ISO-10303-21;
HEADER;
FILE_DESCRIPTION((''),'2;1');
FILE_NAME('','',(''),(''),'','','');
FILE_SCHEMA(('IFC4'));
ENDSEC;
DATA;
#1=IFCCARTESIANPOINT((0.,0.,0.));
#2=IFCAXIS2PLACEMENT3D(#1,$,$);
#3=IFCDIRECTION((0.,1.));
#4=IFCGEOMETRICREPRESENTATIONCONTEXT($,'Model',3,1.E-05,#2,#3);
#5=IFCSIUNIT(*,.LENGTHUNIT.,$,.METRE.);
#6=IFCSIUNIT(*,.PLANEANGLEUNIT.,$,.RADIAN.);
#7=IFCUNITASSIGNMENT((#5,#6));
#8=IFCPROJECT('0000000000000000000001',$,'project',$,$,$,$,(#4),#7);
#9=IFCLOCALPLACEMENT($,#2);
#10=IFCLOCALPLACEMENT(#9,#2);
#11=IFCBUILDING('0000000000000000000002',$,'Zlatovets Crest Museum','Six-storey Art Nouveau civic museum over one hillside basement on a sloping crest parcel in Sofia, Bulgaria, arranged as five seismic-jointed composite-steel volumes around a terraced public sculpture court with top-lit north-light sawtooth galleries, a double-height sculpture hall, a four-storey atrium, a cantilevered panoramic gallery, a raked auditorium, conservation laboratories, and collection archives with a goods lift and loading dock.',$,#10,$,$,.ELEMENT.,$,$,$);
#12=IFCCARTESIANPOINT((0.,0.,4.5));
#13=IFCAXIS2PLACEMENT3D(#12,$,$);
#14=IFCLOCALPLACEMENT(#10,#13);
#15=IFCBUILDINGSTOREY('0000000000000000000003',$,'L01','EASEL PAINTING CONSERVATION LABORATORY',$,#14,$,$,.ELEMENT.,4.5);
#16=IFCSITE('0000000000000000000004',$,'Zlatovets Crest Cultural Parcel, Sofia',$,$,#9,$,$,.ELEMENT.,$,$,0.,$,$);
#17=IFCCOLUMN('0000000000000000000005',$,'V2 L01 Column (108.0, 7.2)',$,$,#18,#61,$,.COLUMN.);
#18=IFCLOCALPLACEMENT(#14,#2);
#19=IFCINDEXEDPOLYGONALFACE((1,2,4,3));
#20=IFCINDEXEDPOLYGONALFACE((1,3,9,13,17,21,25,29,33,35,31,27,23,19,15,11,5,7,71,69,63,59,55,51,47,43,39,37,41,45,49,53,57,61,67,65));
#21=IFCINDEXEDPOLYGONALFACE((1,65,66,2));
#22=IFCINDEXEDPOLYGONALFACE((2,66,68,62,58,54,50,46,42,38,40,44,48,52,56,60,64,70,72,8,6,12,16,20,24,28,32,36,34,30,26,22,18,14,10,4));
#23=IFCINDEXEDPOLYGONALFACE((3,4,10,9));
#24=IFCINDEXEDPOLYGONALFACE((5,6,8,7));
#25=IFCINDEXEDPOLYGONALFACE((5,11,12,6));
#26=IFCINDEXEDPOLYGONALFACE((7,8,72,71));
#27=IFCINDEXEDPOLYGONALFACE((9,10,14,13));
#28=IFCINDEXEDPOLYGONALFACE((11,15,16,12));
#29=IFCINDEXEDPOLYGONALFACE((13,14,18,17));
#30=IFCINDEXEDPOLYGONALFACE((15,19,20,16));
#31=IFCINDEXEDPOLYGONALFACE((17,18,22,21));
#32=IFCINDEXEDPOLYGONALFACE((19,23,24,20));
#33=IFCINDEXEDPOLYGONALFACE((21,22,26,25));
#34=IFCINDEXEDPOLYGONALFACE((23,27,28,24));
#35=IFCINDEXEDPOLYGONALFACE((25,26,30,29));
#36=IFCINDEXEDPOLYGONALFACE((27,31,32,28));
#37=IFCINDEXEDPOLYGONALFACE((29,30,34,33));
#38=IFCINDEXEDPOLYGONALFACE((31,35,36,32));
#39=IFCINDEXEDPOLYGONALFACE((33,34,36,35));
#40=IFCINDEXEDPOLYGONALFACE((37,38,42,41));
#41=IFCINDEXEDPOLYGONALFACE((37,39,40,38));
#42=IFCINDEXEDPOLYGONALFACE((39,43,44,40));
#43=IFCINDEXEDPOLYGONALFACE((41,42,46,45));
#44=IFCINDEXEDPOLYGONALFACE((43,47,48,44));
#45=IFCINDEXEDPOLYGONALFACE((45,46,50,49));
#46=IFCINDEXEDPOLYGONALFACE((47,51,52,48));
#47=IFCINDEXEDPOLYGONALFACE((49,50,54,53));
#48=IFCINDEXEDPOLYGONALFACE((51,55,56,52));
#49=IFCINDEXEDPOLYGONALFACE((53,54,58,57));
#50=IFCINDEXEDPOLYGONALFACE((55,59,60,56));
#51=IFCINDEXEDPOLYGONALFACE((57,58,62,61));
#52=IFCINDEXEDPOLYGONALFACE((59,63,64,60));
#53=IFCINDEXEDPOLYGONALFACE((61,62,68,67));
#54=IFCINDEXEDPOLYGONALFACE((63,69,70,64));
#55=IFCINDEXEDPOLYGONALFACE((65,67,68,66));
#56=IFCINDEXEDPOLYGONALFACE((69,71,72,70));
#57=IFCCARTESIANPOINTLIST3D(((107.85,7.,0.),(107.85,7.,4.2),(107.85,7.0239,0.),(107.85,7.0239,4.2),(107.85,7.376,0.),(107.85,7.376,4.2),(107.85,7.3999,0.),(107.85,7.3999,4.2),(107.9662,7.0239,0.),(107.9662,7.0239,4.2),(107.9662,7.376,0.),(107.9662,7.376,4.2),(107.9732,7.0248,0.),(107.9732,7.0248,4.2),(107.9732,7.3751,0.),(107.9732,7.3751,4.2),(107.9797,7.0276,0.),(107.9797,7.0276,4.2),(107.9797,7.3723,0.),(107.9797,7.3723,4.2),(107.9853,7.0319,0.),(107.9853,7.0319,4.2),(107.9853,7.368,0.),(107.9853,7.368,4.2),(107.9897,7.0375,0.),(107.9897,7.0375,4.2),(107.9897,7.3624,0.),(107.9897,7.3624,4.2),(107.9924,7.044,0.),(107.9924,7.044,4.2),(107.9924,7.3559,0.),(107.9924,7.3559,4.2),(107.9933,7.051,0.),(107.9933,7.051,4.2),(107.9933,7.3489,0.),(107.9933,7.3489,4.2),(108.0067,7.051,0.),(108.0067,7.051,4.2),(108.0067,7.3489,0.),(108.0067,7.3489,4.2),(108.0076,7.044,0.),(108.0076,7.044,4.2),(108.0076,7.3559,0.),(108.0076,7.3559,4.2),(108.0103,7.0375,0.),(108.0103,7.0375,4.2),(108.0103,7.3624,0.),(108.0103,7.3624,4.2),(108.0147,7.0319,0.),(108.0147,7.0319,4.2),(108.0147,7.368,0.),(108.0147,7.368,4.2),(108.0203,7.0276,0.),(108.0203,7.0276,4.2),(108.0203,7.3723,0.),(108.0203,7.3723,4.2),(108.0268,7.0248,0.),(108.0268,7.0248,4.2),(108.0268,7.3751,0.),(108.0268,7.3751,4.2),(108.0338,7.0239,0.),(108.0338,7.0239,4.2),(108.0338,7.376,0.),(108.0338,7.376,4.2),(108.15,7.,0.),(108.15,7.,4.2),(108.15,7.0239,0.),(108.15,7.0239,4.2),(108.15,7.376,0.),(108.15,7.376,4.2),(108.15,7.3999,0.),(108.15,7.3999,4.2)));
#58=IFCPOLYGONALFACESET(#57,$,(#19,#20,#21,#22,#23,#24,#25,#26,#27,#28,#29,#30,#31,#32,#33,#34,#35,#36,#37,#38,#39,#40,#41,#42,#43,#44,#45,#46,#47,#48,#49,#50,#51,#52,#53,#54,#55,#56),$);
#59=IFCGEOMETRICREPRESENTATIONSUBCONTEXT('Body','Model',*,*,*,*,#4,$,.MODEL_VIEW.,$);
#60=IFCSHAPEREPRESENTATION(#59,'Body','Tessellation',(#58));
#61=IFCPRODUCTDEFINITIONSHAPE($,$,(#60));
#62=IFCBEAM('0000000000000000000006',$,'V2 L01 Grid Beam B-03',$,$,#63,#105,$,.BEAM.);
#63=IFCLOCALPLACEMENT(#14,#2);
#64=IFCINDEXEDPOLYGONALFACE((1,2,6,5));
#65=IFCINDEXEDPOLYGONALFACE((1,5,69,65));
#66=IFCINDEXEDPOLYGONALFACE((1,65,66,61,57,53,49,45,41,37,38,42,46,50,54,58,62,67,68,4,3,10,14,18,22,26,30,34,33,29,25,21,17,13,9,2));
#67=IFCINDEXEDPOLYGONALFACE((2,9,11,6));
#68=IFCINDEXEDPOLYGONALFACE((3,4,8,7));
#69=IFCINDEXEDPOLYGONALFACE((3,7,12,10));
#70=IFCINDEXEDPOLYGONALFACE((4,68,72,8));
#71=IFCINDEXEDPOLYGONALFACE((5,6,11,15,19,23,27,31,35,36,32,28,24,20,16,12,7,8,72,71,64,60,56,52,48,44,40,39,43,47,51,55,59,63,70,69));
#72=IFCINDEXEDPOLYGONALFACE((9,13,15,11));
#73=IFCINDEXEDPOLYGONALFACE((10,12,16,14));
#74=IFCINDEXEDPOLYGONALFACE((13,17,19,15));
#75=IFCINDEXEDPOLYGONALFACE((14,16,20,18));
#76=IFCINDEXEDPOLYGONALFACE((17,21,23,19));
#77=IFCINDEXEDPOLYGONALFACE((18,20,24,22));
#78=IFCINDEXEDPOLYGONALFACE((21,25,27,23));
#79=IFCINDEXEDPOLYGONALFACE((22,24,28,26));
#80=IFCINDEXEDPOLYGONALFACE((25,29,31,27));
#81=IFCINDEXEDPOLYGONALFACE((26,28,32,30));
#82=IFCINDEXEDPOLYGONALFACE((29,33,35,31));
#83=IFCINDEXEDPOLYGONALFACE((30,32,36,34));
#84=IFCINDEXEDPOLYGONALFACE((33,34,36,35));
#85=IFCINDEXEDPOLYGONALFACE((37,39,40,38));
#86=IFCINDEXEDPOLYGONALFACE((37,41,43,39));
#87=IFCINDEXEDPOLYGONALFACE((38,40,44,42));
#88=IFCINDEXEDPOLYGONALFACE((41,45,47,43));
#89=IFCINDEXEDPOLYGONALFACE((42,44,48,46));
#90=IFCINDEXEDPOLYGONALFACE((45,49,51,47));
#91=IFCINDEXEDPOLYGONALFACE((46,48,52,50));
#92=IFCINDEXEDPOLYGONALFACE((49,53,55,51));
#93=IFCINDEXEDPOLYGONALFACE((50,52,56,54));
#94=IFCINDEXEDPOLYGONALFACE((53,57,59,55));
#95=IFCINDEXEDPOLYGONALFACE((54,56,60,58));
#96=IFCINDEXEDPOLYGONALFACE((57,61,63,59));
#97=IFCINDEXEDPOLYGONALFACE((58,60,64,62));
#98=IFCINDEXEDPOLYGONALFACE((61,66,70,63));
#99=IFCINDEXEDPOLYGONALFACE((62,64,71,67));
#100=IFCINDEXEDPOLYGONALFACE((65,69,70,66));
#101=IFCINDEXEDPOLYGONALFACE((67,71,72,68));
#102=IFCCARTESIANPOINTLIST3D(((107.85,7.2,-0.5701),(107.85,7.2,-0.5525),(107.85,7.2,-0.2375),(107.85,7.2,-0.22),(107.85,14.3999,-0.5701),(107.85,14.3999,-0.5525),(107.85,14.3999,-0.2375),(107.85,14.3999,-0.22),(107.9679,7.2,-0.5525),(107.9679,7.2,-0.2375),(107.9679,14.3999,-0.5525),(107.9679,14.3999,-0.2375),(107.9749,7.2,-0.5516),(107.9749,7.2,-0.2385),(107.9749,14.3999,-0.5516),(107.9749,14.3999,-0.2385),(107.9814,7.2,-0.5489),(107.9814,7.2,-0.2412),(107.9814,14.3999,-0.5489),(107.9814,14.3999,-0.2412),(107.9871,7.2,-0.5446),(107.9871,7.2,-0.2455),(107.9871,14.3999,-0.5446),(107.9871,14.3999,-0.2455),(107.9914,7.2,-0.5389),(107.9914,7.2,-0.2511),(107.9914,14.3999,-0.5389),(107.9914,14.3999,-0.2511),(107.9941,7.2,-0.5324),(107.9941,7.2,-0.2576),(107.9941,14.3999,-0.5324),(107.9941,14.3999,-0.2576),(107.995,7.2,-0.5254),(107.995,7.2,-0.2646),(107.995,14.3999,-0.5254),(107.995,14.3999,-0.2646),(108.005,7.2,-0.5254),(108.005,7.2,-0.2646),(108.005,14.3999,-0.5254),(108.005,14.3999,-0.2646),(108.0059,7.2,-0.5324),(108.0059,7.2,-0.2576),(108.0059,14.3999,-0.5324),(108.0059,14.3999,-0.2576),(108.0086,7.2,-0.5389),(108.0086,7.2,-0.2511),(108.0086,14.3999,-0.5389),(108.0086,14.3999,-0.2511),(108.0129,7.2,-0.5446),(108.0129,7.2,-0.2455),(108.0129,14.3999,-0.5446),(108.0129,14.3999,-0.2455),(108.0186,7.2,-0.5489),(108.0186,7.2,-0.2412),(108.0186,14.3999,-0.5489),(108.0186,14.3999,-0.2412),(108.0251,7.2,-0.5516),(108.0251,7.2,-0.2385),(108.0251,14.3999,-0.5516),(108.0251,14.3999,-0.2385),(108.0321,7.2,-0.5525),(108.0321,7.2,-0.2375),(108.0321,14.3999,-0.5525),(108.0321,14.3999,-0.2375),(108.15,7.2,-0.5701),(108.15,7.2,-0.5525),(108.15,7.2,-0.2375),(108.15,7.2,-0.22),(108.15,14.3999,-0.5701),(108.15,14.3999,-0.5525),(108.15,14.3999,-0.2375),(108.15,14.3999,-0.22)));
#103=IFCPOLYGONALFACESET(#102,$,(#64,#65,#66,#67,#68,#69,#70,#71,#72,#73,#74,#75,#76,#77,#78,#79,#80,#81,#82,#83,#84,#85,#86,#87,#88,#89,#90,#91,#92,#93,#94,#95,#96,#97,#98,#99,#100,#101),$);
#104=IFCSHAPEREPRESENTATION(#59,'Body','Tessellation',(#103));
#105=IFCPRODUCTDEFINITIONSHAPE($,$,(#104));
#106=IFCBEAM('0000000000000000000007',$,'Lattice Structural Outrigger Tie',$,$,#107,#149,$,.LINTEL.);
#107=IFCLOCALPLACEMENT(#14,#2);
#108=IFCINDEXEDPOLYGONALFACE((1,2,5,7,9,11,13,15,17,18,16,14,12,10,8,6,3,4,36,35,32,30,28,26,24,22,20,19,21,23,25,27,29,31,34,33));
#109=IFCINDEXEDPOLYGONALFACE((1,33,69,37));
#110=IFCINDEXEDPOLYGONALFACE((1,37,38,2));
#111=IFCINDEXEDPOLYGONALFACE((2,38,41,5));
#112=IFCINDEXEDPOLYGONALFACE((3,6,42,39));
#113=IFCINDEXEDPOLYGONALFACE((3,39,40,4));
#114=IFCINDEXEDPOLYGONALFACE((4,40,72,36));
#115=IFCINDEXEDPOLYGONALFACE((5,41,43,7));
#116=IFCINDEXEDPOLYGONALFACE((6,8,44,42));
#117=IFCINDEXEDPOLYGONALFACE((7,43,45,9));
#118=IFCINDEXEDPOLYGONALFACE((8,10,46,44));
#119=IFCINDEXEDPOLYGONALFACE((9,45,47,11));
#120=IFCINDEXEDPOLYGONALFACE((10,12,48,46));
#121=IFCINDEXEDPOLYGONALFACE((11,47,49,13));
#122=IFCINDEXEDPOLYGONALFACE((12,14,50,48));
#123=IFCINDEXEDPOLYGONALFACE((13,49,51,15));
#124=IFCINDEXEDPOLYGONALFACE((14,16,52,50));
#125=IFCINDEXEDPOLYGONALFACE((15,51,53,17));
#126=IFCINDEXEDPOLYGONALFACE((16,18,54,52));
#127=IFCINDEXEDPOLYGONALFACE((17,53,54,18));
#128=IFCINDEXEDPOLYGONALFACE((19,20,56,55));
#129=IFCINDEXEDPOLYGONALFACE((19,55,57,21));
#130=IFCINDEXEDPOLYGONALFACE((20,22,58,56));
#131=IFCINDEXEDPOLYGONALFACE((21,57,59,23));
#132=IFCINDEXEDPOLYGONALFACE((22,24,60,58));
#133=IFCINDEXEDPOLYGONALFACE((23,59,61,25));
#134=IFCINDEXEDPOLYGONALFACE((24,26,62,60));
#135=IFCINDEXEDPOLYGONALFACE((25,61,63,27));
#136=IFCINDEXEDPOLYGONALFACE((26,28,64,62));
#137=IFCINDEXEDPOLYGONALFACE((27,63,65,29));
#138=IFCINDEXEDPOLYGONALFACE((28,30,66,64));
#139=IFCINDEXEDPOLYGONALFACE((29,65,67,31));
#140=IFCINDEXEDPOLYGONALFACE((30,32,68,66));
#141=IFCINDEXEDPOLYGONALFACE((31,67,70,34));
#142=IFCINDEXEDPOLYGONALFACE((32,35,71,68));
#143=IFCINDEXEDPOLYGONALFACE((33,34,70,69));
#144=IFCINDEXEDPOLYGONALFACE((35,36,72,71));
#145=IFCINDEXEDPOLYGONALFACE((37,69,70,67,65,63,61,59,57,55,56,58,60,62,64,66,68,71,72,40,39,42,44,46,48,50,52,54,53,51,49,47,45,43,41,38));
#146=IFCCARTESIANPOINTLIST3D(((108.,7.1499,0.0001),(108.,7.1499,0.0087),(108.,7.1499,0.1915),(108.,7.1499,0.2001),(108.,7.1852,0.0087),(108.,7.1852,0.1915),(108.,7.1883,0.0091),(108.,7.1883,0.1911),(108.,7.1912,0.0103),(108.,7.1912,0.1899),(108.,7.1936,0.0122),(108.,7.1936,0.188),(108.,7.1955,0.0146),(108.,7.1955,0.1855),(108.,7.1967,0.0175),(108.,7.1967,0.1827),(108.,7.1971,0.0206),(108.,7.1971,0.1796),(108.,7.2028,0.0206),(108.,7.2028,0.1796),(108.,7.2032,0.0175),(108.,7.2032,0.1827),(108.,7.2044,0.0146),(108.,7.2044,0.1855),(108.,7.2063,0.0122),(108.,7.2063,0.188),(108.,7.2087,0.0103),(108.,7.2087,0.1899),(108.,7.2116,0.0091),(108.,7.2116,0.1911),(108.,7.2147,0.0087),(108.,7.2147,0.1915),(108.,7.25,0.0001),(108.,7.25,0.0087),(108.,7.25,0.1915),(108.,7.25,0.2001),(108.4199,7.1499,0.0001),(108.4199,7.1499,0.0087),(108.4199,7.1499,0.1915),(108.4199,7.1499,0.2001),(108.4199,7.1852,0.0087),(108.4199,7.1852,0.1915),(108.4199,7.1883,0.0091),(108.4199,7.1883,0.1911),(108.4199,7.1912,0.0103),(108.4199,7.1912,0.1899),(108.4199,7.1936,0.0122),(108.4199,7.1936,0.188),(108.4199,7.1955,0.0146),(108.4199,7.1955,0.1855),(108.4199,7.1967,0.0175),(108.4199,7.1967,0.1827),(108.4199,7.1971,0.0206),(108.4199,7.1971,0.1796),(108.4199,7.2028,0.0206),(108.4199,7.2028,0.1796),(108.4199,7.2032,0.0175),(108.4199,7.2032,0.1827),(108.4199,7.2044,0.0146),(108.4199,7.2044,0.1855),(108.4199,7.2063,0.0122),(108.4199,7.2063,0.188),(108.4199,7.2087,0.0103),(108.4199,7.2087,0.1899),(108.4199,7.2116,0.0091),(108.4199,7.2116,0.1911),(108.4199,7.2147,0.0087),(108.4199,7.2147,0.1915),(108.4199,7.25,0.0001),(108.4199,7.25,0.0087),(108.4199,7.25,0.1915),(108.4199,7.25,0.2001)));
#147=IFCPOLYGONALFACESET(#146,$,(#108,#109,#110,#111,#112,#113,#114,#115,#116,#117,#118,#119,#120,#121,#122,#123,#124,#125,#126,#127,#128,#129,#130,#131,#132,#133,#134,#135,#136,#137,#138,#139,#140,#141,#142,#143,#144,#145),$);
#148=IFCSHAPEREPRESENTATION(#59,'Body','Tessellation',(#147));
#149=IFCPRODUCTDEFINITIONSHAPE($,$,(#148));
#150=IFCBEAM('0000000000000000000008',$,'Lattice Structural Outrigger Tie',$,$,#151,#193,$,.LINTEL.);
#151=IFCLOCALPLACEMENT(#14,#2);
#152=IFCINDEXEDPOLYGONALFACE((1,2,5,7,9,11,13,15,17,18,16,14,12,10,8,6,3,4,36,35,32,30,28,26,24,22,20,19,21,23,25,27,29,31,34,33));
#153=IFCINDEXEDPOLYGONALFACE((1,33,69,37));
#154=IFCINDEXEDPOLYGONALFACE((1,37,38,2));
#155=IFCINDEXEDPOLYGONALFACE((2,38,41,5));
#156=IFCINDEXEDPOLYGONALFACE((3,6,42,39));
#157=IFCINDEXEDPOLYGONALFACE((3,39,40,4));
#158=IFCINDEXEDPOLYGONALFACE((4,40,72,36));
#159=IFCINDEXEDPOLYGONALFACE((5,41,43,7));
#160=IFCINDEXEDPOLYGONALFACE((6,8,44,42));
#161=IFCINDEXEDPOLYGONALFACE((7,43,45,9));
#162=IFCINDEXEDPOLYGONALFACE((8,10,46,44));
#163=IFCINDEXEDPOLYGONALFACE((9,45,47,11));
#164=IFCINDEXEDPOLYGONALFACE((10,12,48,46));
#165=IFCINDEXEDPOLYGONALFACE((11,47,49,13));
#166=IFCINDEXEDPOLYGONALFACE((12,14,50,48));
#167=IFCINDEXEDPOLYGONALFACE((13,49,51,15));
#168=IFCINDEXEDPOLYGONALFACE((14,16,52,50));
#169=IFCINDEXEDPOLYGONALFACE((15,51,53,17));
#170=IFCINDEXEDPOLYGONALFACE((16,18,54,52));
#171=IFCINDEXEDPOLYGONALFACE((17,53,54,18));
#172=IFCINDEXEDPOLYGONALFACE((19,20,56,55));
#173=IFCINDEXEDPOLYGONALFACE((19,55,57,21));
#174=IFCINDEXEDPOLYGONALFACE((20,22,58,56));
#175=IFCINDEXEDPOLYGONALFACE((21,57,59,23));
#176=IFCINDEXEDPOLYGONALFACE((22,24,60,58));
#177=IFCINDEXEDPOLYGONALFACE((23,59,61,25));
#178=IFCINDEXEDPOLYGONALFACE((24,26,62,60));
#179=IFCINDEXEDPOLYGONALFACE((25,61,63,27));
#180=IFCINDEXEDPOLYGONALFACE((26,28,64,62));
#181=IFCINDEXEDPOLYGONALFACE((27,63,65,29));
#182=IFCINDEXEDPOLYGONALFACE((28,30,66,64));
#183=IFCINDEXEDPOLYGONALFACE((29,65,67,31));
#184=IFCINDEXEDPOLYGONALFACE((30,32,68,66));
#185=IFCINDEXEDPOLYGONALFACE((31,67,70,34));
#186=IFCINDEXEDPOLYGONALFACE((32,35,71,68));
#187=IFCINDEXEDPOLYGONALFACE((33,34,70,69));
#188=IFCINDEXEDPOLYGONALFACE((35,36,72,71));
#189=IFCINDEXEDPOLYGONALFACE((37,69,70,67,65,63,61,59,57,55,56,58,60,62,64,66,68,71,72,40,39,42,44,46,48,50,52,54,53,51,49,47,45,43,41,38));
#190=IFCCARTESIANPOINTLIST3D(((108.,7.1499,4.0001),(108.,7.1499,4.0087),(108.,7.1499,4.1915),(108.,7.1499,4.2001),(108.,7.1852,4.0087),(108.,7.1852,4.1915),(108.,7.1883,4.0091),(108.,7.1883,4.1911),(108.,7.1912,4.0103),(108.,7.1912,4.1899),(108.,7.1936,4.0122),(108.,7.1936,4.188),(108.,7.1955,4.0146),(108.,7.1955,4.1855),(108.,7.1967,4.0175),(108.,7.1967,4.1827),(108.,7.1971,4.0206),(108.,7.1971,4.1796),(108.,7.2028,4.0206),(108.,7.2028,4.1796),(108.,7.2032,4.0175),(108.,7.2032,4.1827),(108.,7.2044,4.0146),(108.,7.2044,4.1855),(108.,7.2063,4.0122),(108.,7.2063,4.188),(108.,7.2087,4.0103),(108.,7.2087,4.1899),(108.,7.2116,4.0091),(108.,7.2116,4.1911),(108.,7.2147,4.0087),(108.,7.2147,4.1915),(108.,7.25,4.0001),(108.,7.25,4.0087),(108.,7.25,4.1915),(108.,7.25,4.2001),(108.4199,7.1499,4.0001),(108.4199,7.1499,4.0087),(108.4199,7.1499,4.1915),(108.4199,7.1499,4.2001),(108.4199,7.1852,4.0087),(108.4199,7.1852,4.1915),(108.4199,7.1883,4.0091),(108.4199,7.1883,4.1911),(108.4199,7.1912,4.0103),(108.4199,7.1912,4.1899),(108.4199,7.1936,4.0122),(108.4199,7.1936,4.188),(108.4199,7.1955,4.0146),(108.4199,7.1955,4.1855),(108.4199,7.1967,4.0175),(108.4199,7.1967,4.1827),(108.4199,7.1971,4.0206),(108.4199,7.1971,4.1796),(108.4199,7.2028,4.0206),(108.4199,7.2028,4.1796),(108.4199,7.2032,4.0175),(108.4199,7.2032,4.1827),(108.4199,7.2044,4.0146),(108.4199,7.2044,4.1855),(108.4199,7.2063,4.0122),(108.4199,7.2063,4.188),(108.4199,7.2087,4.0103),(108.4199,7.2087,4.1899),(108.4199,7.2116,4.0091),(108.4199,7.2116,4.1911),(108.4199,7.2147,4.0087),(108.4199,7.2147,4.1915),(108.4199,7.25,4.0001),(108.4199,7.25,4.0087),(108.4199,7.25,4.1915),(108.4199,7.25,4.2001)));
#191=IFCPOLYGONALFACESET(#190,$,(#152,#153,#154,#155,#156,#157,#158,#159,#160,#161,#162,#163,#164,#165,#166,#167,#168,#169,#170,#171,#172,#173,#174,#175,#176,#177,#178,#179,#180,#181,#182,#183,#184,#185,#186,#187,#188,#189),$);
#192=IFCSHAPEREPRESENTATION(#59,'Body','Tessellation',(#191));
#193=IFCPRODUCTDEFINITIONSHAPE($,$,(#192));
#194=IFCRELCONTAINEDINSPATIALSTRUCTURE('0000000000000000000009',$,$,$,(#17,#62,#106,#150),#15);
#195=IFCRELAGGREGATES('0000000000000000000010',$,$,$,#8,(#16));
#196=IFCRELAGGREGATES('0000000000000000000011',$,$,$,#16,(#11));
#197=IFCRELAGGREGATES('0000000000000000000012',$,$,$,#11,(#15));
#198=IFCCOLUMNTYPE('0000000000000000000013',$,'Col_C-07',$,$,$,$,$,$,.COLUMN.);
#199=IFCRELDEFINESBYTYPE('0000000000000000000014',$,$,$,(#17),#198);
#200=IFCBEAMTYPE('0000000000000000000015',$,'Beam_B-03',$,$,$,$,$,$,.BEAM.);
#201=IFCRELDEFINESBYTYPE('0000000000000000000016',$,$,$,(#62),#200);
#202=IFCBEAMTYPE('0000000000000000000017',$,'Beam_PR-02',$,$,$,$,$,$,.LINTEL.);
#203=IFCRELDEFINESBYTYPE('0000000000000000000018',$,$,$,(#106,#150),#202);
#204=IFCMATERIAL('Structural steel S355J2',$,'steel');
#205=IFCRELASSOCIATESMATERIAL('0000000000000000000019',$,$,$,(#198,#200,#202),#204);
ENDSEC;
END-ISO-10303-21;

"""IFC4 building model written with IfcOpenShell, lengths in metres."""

from ifc_helpers import new_model, si_unit, direction, frame, origin, origin_2d, place, context, subcontext, project, spatial, i_section, extrude, material, material_profile, profile_set, type_object, element, save


model = new_model("IFC4")

# Units and contexts
model_context = context("Model", 3, precision=1e-05, world=origin(), true_north=direction((0.0, 1.0)))
body_context = subcontext(model_context, "Body", "Model", "MODEL_VIEW")
ifc_project = project(units=[si_unit("LENGTHUNIT", "METRE"), si_unit("PLANEANGLEUNIT", "RADIAN")], contexts=[model_context])

# Site, building, storey
site_placement = place(None, origin())
site = spatial("IfcSite", under=ifc_project, at=site_placement, Name="Zlatovets Crest Cultural Parcel, Sofia", CompositionType="ELEMENT", RefElevation=0.0)
building_placement = place(site_placement, origin())
building = spatial("IfcBuilding", under=site, at=building_placement, Name="Zlatovets Crest Museum", Description="Six-storey Art Nouveau civic museum over one hillside basement on a sloping crest parcel in Sofia, Bulgaria, arranged as five seismic-jointed composite-steel volumes around a terraced public sculpture court with top-lit north-light sawtooth galleries, a double-height sculpture hall, a four-storey atrium, a cantilevered panoramic gallery, a raked auditorium, conservation laboratories, and collection archives with a goods lift and loading dock.", CompositionType="ELEMENT")
storey_placement = place(building_placement, frame((0.0, 0.0, 4.5)))
storey = spatial("IfcBuildingStorey", under=building, at=storey_placement, Name="L01", Description="EASEL PAINTING CONSERVATION LABORATORY", CompositionType="ELEMENT", Elevation=4.5)

# Column
ifc_material_1 = material(Name="Structural steel S355J2", Category="steel")
ifc_material_profile_1 = material_profile(ifc_material_1, i_section(OverallWidth=0.3, OverallDepth=0.3999, WebThickness=0.0134, FlangeThickness=0.0239, FilletRadius=0.0271, at=origin_2d()), Name="HEB 400")
ifc_profile_set_1 = profile_set([ifc_material_profile_1], Name="Structural steel S355J2")
column_type = type_object("IfcColumnType", Name="Col_C-07", PredefinedType="COLUMN", material=ifc_profile_set_1)
column_placement = place(storey_placement, frame((108.0, 7.2, 0.0), z_axis=(0.0, 0.0, 1.0), x_axis=(1.0, 0.0, 0.0)))
element("IfcColumn", 1, at=column_placement, inside=storey, type_object=column_type, Name="V2 L01 Column (108.0, 7.2)", PredefinedType="COLUMN", context=body_context, shape_type="SweptSolid", body=[
    extrude(i_section(OverallWidth=0.3, OverallDepth=0.3999, WebThickness=0.0134, FlangeThickness=0.0239, FilletRadius=0.0271, at=origin_2d()), origin(), (0.0, 0.0, 1.0), 4.2),
])

# Beams
ifc_material_profile_2 = material_profile(ifc_material_1, i_section(OverallWidth=0.3, OverallDepth=0.3501, WebThickness=0.01, FlangeThickness=0.0176, FilletRadius=0.0271, at=origin_2d()), Name="HEA 360")
ifc_profile_set_2 = profile_set([ifc_material_profile_2], Name="Structural steel S355J2")
beam_type_1 = type_object("IfcBeamType", Name="Beam_B-03", PredefinedType="BEAM", material=ifc_profile_set_2)
beam_placement = place(storey_placement, frame((108.0, 7.2, -0.395), z_axis=(0.0, 1.0, 0.0), x_axis=(-1.0, 0.0, 0.0)))
element("IfcBeam", 2, at=beam_placement, inside=storey, type_object=beam_type_1, Name="V2 L01 Grid Beam B-03", PredefinedType="BEAM", context=body_context, shape_type="SweptSolid", body=[
    extrude(i_section(OverallWidth=0.3, OverallDepth=0.3501, WebThickness=0.01, FlangeThickness=0.0176, FilletRadius=0.0271, at=origin_2d()), origin(), (0.0, 0.0, 1.0), 7.2),
])
ifc_material_profile_3 = material_profile(ifc_material_1, i_section(OverallWidth=0.1001, OverallDepth=0.2, WebThickness=0.0056, FlangeThickness=0.0085, FilletRadius=0.012, at=origin_2d()), Name="IPE 200")
ifc_profile_set_3 = profile_set([ifc_material_profile_3], Name="Structural steel S355J2")
beam_type_2 = type_object("IfcBeamType", Name="Beam_PR-02", PredefinedType="LINTEL", material=ifc_profile_set_3)
for number, where, z_axis, x_axis, name in (
    (3, (108.0, 7.2, 0.1001), (1.0, 0.0, 0.0), (0.0, 1.0, 0.0), "Lattice Structural Outrigger Tie"),
    (4, (108.0, 7.2, 4.1001), (1.0, 0.0, 0.0), (0.0, 1.0, 0.0), "Lattice Structural Outrigger Tie"),
):
    element("IfcBeam", number, at=place(storey_placement, frame(where, z_axis=z_axis, x_axis=x_axis)), inside=storey, type_object=beam_type_2, Name=name, PredefinedType="LINTEL", context=body_context, shape_type="SweptSolid", body=[
        extrude(i_section(OverallWidth=0.1001, OverallDepth=0.2, WebThickness=0.0056, FlangeThickness=0.0085, FilletRadius=0.012, at=origin_2d()), origin(), (0.0, 0.0, 1.0), 0.4199),
    ])

save(model, "model.ifc")
